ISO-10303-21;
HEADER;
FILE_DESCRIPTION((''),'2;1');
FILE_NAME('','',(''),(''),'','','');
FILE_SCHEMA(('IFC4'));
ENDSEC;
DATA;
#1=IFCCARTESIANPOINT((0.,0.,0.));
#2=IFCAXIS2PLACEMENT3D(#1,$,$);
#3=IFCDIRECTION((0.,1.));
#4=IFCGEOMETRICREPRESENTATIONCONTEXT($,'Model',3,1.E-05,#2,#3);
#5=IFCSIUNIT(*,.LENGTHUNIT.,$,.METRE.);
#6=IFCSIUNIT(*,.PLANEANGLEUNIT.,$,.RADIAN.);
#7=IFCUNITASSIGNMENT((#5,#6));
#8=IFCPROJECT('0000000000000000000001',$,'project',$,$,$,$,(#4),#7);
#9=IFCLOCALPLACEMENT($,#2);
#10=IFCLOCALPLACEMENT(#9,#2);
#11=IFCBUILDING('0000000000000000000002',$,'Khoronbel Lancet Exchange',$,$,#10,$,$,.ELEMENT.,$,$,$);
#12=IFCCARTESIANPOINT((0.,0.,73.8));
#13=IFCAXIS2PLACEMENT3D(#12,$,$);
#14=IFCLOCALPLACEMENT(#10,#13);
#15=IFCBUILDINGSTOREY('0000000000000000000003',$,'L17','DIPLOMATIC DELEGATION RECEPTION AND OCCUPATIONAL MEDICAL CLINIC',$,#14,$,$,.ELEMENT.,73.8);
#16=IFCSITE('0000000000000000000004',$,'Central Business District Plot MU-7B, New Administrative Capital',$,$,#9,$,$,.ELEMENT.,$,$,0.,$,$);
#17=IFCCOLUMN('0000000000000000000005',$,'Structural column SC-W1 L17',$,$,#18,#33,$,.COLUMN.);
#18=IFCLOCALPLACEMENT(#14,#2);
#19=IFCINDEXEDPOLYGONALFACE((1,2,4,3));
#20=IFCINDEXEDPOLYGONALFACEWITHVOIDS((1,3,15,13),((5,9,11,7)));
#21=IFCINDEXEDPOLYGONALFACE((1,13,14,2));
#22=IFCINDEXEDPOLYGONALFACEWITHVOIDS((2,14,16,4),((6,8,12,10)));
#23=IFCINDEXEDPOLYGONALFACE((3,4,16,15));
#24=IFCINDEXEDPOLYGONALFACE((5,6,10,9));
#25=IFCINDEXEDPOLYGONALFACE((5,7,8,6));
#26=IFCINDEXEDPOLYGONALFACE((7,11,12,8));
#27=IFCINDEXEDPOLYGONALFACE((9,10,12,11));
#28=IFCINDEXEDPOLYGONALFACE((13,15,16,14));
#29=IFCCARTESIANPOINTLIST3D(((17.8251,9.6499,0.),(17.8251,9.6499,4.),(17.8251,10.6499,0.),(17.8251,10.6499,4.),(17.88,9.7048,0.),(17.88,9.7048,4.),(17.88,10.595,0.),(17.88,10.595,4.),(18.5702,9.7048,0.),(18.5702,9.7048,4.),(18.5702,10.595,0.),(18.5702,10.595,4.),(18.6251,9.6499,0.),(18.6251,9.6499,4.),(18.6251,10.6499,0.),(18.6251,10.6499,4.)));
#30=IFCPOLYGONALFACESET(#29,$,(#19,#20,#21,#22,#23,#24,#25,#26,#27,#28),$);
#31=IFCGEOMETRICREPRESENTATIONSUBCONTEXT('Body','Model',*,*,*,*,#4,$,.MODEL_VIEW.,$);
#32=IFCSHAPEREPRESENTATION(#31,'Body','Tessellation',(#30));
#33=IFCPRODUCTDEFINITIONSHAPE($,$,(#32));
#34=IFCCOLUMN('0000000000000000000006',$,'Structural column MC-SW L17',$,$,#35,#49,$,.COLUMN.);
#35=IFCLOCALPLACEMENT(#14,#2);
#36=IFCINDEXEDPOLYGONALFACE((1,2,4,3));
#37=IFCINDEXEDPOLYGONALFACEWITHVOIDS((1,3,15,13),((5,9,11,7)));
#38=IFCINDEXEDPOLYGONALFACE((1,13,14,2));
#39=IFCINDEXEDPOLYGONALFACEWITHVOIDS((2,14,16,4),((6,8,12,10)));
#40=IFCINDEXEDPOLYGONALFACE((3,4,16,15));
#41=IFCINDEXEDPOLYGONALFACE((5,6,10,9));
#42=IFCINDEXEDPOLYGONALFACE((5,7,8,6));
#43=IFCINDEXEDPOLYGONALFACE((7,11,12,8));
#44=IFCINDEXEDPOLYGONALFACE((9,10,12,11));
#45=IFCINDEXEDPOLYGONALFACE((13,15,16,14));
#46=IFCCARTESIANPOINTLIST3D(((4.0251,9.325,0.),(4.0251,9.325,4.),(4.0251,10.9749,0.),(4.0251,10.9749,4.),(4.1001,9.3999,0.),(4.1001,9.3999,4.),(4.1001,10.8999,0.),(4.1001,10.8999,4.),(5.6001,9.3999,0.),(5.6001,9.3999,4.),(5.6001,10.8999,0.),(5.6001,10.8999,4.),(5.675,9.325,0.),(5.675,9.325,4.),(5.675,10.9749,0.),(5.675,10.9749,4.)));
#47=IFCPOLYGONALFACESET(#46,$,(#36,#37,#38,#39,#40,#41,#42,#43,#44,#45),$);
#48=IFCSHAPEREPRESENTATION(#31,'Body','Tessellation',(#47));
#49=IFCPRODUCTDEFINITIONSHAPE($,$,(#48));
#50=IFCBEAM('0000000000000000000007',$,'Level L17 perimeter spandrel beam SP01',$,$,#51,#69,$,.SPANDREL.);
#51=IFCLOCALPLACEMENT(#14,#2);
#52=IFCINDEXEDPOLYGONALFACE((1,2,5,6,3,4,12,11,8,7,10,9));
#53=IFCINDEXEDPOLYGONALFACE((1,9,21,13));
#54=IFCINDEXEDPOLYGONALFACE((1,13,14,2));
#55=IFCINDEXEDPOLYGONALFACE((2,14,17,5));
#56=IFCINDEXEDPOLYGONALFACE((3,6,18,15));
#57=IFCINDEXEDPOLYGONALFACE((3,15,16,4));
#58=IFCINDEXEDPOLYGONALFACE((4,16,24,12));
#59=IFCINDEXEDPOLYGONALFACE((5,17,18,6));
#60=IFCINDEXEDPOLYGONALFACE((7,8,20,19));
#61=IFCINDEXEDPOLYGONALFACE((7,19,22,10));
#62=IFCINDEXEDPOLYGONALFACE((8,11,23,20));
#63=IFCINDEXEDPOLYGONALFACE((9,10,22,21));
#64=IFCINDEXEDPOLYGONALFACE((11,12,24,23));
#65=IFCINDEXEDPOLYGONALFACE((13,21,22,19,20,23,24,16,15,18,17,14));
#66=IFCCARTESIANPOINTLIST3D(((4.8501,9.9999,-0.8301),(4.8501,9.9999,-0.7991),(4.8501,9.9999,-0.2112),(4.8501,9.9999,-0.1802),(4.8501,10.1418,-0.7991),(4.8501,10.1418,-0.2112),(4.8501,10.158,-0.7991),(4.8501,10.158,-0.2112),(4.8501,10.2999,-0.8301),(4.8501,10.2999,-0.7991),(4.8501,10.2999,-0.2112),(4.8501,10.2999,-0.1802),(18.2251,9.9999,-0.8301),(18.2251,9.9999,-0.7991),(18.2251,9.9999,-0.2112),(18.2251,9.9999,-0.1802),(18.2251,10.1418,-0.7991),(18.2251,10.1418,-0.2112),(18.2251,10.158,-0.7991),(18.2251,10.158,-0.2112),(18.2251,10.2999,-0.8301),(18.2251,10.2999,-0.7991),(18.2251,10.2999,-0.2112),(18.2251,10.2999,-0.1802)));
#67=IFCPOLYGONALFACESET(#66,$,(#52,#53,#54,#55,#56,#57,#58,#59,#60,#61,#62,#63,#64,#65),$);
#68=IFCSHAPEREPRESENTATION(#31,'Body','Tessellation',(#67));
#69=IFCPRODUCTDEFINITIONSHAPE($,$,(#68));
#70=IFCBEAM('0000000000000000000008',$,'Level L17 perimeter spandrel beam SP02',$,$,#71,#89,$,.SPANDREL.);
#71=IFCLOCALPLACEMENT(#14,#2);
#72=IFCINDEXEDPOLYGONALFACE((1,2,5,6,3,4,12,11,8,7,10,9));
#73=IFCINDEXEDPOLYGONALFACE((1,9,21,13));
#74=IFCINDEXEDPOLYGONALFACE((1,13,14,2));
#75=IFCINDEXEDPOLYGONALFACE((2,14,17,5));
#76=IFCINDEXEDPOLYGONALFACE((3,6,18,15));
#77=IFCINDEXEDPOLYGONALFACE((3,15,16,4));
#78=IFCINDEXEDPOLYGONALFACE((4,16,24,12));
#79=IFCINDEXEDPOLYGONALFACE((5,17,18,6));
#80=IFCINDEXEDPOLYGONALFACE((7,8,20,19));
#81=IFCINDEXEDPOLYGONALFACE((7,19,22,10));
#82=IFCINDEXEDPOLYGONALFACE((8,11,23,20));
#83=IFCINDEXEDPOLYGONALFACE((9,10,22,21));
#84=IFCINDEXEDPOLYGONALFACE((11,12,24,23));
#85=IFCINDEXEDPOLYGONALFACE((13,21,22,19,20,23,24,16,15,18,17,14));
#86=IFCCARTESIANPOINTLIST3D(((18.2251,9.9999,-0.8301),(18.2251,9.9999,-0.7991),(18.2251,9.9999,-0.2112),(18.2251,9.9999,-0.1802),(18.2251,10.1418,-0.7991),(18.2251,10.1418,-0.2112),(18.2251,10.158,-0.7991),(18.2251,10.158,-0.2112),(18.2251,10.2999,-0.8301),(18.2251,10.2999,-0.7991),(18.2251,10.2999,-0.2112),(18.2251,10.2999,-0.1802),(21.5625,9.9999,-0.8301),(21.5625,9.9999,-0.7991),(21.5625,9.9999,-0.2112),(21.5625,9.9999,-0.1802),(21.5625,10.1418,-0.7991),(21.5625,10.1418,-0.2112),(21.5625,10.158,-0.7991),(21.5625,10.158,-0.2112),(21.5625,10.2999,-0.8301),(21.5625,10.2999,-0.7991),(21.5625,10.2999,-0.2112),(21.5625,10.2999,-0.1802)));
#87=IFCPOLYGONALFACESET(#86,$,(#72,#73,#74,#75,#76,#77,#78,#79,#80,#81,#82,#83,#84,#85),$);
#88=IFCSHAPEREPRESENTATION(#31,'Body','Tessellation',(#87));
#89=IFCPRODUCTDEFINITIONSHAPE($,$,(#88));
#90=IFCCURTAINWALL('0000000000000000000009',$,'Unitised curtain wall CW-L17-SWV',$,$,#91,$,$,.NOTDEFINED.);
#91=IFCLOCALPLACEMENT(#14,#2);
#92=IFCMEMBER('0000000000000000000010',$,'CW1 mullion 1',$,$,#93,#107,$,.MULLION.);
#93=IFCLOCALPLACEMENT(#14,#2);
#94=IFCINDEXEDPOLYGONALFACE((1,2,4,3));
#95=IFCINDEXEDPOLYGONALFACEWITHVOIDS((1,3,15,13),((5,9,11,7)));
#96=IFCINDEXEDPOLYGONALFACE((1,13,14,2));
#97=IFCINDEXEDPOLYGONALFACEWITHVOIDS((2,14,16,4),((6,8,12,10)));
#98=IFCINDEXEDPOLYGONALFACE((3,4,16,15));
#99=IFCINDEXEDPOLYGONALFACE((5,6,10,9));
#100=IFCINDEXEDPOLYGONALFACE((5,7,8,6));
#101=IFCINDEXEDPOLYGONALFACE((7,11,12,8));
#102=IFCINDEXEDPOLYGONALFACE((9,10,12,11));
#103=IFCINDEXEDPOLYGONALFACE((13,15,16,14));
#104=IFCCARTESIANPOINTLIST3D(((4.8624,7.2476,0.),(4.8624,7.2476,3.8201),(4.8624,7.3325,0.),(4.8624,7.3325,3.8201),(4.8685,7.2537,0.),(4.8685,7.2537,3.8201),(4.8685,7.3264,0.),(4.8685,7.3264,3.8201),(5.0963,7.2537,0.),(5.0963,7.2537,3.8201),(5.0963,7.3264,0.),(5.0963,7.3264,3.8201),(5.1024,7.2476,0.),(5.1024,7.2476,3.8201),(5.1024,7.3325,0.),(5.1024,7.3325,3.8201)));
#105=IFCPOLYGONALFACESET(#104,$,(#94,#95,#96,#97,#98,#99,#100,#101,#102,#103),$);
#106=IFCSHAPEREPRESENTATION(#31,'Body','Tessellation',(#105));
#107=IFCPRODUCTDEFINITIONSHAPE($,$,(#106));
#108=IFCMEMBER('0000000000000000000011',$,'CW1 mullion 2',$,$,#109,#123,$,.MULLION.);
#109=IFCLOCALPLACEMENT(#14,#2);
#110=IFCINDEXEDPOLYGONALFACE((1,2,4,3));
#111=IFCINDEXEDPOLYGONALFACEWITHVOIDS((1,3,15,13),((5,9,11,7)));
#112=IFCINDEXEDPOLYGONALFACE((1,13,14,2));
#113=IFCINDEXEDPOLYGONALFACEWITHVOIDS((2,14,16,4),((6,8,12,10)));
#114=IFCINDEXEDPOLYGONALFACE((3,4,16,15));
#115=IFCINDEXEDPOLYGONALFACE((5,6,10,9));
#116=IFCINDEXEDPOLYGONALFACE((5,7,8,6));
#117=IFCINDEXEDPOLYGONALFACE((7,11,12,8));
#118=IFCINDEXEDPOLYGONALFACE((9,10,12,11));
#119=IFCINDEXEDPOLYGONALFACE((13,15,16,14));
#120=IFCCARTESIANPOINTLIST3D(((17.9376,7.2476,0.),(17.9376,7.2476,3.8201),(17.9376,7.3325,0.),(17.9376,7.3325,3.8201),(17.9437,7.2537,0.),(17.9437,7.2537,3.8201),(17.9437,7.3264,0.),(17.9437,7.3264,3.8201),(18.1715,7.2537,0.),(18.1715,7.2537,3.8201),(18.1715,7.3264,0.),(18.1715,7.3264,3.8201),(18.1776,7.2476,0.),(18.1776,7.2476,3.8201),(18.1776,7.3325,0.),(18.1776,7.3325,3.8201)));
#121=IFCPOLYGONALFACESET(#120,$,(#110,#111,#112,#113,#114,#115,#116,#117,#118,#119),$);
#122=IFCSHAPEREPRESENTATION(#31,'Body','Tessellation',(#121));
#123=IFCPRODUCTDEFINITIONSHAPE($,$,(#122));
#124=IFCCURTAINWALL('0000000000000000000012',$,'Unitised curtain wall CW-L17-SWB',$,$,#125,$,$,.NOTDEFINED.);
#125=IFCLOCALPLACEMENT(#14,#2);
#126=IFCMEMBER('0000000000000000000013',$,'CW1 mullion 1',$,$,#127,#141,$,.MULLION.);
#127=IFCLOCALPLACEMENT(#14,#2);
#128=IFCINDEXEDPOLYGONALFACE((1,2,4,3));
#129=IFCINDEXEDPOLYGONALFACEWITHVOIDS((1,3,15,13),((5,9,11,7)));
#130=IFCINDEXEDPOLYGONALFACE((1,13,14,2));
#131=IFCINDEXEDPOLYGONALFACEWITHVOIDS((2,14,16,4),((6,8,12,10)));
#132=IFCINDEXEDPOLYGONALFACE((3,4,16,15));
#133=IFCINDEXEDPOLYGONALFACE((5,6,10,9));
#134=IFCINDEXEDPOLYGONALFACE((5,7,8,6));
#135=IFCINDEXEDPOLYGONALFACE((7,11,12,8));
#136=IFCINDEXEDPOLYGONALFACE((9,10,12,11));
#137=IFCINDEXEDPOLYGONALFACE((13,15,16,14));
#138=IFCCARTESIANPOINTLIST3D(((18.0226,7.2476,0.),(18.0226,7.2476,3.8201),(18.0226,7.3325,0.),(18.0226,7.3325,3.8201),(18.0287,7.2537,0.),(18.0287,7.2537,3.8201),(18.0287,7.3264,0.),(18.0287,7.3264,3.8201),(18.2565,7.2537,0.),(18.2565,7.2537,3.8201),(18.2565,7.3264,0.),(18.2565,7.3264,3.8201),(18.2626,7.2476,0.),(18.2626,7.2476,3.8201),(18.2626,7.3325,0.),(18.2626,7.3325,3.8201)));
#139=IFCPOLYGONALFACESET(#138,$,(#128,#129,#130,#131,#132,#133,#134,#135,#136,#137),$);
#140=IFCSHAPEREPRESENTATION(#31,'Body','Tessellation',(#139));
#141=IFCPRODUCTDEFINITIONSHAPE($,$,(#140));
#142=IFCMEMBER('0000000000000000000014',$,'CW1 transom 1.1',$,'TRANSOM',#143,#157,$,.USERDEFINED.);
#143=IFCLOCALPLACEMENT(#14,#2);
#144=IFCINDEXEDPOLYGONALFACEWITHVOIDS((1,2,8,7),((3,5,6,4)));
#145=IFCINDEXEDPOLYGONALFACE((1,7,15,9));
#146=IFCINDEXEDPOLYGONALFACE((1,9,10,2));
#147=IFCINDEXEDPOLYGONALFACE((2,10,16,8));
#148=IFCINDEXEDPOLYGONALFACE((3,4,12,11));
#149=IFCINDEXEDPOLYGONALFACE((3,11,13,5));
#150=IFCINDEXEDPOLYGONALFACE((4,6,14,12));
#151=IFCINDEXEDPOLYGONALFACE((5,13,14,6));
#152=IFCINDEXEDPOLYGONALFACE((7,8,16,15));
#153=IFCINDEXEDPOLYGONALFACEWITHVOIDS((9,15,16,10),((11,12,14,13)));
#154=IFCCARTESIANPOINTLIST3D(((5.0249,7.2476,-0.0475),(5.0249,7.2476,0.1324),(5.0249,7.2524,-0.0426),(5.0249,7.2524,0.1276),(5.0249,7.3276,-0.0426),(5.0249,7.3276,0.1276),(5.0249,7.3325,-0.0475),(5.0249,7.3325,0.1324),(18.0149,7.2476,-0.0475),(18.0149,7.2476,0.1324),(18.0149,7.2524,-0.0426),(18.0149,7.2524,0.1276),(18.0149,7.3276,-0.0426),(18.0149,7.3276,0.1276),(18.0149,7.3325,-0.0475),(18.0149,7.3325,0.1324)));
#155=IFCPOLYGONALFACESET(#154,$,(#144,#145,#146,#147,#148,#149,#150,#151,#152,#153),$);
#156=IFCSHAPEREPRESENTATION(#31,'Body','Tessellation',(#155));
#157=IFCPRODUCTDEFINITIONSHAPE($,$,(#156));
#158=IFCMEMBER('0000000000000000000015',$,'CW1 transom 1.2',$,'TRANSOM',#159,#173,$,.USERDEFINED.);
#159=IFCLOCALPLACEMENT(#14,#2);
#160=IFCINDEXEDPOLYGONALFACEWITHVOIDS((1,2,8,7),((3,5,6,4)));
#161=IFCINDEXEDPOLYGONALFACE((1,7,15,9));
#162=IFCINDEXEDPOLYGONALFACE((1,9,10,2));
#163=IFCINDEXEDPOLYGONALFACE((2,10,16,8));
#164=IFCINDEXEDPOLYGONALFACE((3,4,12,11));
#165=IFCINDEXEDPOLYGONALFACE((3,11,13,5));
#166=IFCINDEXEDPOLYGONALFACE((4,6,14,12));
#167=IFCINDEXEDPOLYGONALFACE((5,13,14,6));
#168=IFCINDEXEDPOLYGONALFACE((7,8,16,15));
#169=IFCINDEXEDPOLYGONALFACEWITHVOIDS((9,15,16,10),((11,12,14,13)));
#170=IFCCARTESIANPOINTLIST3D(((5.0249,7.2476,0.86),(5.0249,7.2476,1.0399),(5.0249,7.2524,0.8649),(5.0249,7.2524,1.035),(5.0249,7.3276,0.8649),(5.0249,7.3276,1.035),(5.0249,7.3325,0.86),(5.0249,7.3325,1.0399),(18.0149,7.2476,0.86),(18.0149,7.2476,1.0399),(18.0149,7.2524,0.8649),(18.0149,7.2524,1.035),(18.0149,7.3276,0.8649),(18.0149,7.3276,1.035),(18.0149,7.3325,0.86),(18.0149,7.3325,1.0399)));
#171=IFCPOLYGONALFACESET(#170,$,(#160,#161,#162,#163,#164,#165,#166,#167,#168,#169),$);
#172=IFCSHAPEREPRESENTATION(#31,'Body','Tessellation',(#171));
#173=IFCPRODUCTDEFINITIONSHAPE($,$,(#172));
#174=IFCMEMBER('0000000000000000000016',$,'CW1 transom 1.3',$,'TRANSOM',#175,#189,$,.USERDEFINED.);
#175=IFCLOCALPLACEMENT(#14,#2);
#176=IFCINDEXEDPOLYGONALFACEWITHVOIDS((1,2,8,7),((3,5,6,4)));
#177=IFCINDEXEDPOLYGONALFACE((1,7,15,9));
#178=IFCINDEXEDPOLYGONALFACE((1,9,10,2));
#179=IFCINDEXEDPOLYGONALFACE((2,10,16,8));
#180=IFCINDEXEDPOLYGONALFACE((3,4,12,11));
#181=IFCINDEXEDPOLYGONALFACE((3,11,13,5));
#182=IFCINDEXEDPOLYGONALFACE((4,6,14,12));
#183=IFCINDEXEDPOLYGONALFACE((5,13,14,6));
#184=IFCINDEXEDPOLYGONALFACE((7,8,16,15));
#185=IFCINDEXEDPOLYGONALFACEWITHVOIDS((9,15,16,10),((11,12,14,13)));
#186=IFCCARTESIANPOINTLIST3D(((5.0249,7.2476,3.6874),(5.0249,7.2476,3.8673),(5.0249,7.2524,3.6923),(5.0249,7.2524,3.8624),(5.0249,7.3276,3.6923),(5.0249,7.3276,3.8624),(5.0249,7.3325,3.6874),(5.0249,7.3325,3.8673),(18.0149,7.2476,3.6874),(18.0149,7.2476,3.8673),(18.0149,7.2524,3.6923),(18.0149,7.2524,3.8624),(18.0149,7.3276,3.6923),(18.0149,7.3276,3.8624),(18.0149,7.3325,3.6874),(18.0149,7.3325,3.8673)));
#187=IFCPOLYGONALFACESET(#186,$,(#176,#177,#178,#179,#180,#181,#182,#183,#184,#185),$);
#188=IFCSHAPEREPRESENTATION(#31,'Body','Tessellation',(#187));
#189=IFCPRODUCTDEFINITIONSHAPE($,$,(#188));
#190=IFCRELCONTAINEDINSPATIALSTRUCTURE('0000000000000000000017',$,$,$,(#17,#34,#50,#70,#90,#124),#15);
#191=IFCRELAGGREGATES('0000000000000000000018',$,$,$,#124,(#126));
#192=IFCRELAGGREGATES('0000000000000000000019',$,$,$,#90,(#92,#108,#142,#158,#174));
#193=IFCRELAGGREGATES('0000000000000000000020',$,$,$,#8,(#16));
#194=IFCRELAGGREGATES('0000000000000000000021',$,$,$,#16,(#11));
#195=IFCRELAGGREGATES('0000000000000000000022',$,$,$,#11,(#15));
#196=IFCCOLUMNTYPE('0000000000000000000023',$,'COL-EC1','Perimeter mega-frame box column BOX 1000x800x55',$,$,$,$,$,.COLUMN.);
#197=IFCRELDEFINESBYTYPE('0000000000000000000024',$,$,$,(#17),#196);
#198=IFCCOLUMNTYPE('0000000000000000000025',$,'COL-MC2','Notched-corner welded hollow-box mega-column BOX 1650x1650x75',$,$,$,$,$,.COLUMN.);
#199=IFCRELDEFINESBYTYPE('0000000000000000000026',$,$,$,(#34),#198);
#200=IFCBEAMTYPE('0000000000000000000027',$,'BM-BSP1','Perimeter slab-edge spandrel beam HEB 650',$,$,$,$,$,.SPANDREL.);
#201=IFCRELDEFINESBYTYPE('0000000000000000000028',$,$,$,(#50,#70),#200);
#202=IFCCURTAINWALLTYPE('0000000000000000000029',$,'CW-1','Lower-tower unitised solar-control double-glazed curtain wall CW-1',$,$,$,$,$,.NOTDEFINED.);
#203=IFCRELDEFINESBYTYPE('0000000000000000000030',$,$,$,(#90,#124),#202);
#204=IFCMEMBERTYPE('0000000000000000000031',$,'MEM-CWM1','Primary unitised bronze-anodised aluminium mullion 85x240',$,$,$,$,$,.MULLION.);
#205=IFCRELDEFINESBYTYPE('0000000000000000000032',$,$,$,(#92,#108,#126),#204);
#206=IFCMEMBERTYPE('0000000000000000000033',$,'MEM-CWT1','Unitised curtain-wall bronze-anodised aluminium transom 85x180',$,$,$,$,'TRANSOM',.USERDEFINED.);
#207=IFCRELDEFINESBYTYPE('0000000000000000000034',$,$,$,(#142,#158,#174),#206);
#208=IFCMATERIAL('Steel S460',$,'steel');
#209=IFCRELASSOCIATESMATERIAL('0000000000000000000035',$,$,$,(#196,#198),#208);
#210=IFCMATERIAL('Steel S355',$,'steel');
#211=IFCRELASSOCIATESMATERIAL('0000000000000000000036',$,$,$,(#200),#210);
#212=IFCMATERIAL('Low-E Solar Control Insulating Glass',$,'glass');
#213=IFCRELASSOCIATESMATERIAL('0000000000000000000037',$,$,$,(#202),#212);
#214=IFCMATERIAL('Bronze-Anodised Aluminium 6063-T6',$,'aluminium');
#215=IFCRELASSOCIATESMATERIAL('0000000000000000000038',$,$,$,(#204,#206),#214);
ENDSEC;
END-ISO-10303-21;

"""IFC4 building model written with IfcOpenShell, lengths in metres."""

from ifc_helpers import new_model, si_unit, direction, frame, origin, origin_2d, place, context, subcontext, project, spatial, hollow_rectangle, i_section, extrude, material, material_profile, profile_set, type_object, element, aggregate, save


model = new_model("IFC4")

# Units and contexts
model_context = context("Model", 3, precision=1e-05, world=origin(), true_north=direction((0.0, 1.0)))
body_context = subcontext(model_context, "Body", "Model", "MODEL_VIEW")
ifc_project = project(units=[si_unit("LENGTHUNIT", "METRE"), si_unit("PLANEANGLEUNIT", "RADIAN")], contexts=[model_context])

# Site, building, storey
site_placement = place(None, origin())
site = spatial("IfcSite", under=ifc_project, at=site_placement, Name="Central Business District Plot MU-7B, New Administrative Capital", CompositionType="ELEMENT", RefElevation=0.0)
building_placement = place(site_placement, origin())
building = spatial("IfcBuilding", under=site, at=building_placement, Name="Khoronbel Lancet Exchange", CompositionType="ELEMENT")
storey_placement = place(building_placement, frame((0.0, 0.0, 73.8)))
storey = spatial("IfcBuildingStorey", under=building, at=storey_placement, Name="L17", Description="DIPLOMATIC DELEGATION RECEPTION AND OCCUPATIONAL MEDICAL CLINIC", CompositionType="ELEMENT", Elevation=73.8)

# Columns
ifc_material_1 = material(Name="Steel S460", Category="steel")
ifc_material_profile_1 = material_profile(ifc_material_1, hollow_rectangle(XDim=0.8, YDim=1.0, WallThickness=0.0549, at=origin_2d()), Name="BOX 1000x800x55")
ifc_profile_set_1 = profile_set([ifc_material_profile_1], Name="Steel S460")
column_type_1 = type_object("IfcColumnType", Name="COL-EC1", Description="Perimeter mega-frame box column BOX 1000x800x55", PredefinedType="COLUMN", material=ifc_profile_set_1)
column_1_placement = place(storey_placement, frame((18.2251, 10.1499, 0.0), z_axis=(0.0, 0.0, 1.0), x_axis=(1.0, 0.0, 0.0)))
element("IfcColumn", 1, at=column_1_placement, inside=storey, type_object=column_type_1, Name="Structural column SC-W1 L17", PredefinedType="COLUMN", context=body_context, shape_type="SweptSolid", body=[
    extrude(hollow_rectangle(XDim=0.8, YDim=1.0, WallThickness=0.0549, at=origin_2d()), origin(), (0.0, 0.0, 1.0), 4.0),
])
ifc_material_profile_2 = material_profile(ifc_material_1, hollow_rectangle(XDim=1.6499, YDim=1.6499, WallThickness=0.075, at=origin_2d()), Name="BOX 1650x1650x75")
ifc_profile_set_2 = profile_set([ifc_material_profile_2], Name="Steel S460")
column_type_2 = type_object("IfcColumnType", Name="COL-MC2", Description="Notched-corner welded hollow-box mega-column BOX 1650x1650x75", PredefinedType="COLUMN", material=ifc_profile_set_2)
column_2_placement = place(storey_placement, frame((4.8501, 10.1499, 0.0), z_axis=(0.0, 0.0, 1.0), x_axis=(1.0, 0.0, 0.0)))
element("IfcColumn", 2, at=column_2_placement, inside=storey, type_object=column_type_2, Name="Structural column MC-SW L17", PredefinedType="COLUMN", context=body_context, shape_type="SweptSolid", body=[
    extrude(hollow_rectangle(XDim=1.6499, YDim=1.6499, WallThickness=0.075, at=origin_2d()), origin(), (0.0, 0.0, 1.0), 4.0),
])

# Beams
ifc_material_2 = material(Name="Steel S355", Category="steel")
ifc_material_profile_3 = material_profile(ifc_material_2, i_section(OverallWidth=0.3, OverallDepth=0.6499, WebThickness=0.0161, FlangeThickness=0.031, at=origin_2d()), Name="HEB 650")
ifc_profile_set_3 = profile_set([ifc_material_profile_3], Name="Steel S355")
beam_type = type_object("IfcBeamType", Name="BM-BSP1", Description="Perimeter slab-edge spandrel beam HEB 650", PredefinedType="SPANDREL", material=ifc_profile_set_3)
beam_1_placement = place(storey_placement, frame((4.8501, 10.1499, -0.5051), z_axis=(1.0, 0.0, 0.0), x_axis=(0.0, 1.0, 0.0)))
element("IfcBeam", 3, at=beam_1_placement, inside=storey, type_object=beam_type, Name="Level L17 perimeter spandrel beam SP01", PredefinedType="SPANDREL", context=body_context, shape_type="SweptSolid", body=[
    extrude(i_section(OverallWidth=0.3, OverallDepth=0.6499, WebThickness=0.0161, FlangeThickness=0.031, at=origin_2d()), origin(), (0.0, 0.0, 1.0), 13.375),
])
beam_2_placement = place(storey_placement, frame((18.2251, 10.1499, -0.5051), z_axis=(1.0, 0.0, 0.0), x_axis=(0.0, 1.0, 0.0)))
element("IfcBeam", 4, at=beam_2_placement, inside=storey, type_object=beam_type, Name="Level L17 perimeter spandrel beam SP02", PredefinedType="SPANDREL", context=body_context, shape_type="SweptSolid", body=[
    extrude(i_section(OverallWidth=0.3, OverallDepth=0.6499, WebThickness=0.0161, FlangeThickness=0.031, at=origin_2d()), origin(), (0.0, 0.0, 1.0), 3.3374),
])

# Curtain wall, members
ifc_material_3 = material(Name="Low-E Solar Control Insulating Glass", Category="glass")
curtain_wall_type = type_object("IfcCurtainWallType", Name="CW-1", Description="Lower-tower unitised solar-control double-glazed curtain wall CW-1", PredefinedType="NOTDEFINED", material=ifc_material_3)
curtain_wall_1_placement = place(storey_placement, origin())
curtain_wall_1 = element("IfcCurtainWall", 5, at=curtain_wall_1_placement, inside=storey, type_object=curtain_wall_type, Name="Unitised curtain wall CW-L17-SWV", PredefinedType="NOTDEFINED")
ifc_material_4 = material(Name="Bronze-Anodised Aluminium 6063-T6", Category="aluminium")
ifc_material_profile_4 = material_profile(ifc_material_4, hollow_rectangle(XDim=0.085, YDim=0.24, WallThickness=0.0061, at=origin_2d()), Name="ALU MULLION 85x240")
ifc_profile_set_4 = profile_set([ifc_material_profile_4], Name="Bronze-Anodised Aluminium 6063-T6")
member_type_1 = type_object("IfcMemberType", Name="MEM-CWM1", Description="Primary unitised bronze-anodised aluminium mullion 85x240", PredefinedType="MULLION", material=ifc_profile_set_4)
member_1_placement = place(storey_placement, frame((4.9824, 7.29, 0.0), z_axis=(0.0, 0.0, 1.0), x_axis=(0.0, 1.0, 0.0)))
member_1 = element("IfcMember", 6, at=member_1_placement, type_object=member_type_1, Name="CW1 mullion 1", PredefinedType="MULLION", context=body_context, shape_type="SweptSolid", body=[
    extrude(hollow_rectangle(XDim=0.085, YDim=0.24, WallThickness=0.0061, at=origin_2d()), origin(), (0.0, 0.0, 1.0), 3.8201),
])
member_2_placement = place(storey_placement, frame((18.0576, 7.29, 0.0), z_axis=(0.0, 0.0, 1.0), x_axis=(0.0, 1.0, 0.0)))
member_2 = element("IfcMember", 7, at=member_2_placement, type_object=member_type_1, Name="CW1 mullion 2", PredefinedType="MULLION", context=body_context, shape_type="SweptSolid", body=[
    extrude(hollow_rectangle(XDim=0.085, YDim=0.24, WallThickness=0.0061, at=origin_2d()), origin(), (0.0, 0.0, 1.0), 3.8201),
])

# Curtain wall, member
curtain_wall_2_placement = place(storey_placement, origin())
curtain_wall_2 = element("IfcCurtainWall", 8, at=curtain_wall_2_placement, inside=storey, type_object=curtain_wall_type, Name="Unitised curtain wall CW-L17-SWB", PredefinedType="NOTDEFINED")
member_3_placement = place(storey_placement, frame((18.1426, 7.29, 0.0), z_axis=(0.0, 0.0, 1.0), x_axis=(0.0, 1.0, 0.0)))
member_3 = element("IfcMember", 9, at=member_3_placement, type_object=member_type_1, Name="CW1 mullion 1", PredefinedType="MULLION", context=body_context, shape_type="SweptSolid", body=[
    extrude(hollow_rectangle(XDim=0.085, YDim=0.24, WallThickness=0.0061, at=origin_2d()), origin(), (0.0, 0.0, 1.0), 3.8201),
])

# Members
ifc_material_profile_5 = material_profile(ifc_material_4, hollow_rectangle(XDim=0.085, YDim=0.1799, WallThickness=0.0049, at=origin_2d()), Name="ALU TRANSOM 85x180")
ifc_profile_set_5 = profile_set([ifc_material_profile_5], Name="Bronze-Anodised Aluminium 6063-T6")
member_type_2 = type_object("IfcMemberType", Name="MEM-CWT1", Description="Unitised curtain-wall bronze-anodised aluminium transom 85x180", ElementType="TRANSOM", PredefinedType="USERDEFINED", material=ifc_profile_set_5)
member_4_placement = place(storey_placement, frame((5.0249, 7.29, 0.0425), z_axis=(1.0, 0.0, 0.0), x_axis=(0.0, 1.0, 0.0)))
member_4 = element("IfcMember", 10, at=member_4_placement, type_object=member_type_2, Name="CW1 transom 1.1", ObjectType="TRANSOM", PredefinedType="USERDEFINED", context=body_context, shape_type="SweptSolid", body=[
    extrude(hollow_rectangle(XDim=0.085, YDim=0.1799, WallThickness=0.0049, at=origin_2d()), origin(), (0.0, 0.0, 1.0), 12.99),
])
member_5_placement = place(storey_placement, frame((5.0249, 7.29, 0.95), z_axis=(1.0, 0.0, 0.0), x_axis=(0.0, 1.0, 0.0)))
member_5 = element("IfcMember", 11, at=member_5_placement, type_object=member_type_2, Name="CW1 transom 1.2", ObjectType="TRANSOM", PredefinedType="USERDEFINED", context=body_context, shape_type="SweptSolid", body=[
    extrude(hollow_rectangle(XDim=0.085, YDim=0.1799, WallThickness=0.0049, at=origin_2d()), origin(), (0.0, 0.0, 1.0), 12.99),
])
member_6_placement = place(storey_placement, frame((5.0249, 7.29, 3.7773), z_axis=(1.0, 0.0, 0.0), x_axis=(0.0, 1.0, 0.0)))
member_6 = element("IfcMember", 12, at=member_6_placement, type_object=member_type_2, Name="CW1 transom 1.3", ObjectType="TRANSOM", PredefinedType="USERDEFINED", context=body_context, shape_type="SweptSolid", body=[
    extrude(hollow_rectangle(XDim=0.085, YDim=0.1799, WallThickness=0.0049, at=origin_2d()), origin(), (0.0, 0.0, 1.0), 12.99),
])
aggregate(curtain_wall_2, [member_3])

aggregate(curtain_wall_1, [member_1, member_2, member_4, member_5, member_6])

save(model, "model.ifc")
